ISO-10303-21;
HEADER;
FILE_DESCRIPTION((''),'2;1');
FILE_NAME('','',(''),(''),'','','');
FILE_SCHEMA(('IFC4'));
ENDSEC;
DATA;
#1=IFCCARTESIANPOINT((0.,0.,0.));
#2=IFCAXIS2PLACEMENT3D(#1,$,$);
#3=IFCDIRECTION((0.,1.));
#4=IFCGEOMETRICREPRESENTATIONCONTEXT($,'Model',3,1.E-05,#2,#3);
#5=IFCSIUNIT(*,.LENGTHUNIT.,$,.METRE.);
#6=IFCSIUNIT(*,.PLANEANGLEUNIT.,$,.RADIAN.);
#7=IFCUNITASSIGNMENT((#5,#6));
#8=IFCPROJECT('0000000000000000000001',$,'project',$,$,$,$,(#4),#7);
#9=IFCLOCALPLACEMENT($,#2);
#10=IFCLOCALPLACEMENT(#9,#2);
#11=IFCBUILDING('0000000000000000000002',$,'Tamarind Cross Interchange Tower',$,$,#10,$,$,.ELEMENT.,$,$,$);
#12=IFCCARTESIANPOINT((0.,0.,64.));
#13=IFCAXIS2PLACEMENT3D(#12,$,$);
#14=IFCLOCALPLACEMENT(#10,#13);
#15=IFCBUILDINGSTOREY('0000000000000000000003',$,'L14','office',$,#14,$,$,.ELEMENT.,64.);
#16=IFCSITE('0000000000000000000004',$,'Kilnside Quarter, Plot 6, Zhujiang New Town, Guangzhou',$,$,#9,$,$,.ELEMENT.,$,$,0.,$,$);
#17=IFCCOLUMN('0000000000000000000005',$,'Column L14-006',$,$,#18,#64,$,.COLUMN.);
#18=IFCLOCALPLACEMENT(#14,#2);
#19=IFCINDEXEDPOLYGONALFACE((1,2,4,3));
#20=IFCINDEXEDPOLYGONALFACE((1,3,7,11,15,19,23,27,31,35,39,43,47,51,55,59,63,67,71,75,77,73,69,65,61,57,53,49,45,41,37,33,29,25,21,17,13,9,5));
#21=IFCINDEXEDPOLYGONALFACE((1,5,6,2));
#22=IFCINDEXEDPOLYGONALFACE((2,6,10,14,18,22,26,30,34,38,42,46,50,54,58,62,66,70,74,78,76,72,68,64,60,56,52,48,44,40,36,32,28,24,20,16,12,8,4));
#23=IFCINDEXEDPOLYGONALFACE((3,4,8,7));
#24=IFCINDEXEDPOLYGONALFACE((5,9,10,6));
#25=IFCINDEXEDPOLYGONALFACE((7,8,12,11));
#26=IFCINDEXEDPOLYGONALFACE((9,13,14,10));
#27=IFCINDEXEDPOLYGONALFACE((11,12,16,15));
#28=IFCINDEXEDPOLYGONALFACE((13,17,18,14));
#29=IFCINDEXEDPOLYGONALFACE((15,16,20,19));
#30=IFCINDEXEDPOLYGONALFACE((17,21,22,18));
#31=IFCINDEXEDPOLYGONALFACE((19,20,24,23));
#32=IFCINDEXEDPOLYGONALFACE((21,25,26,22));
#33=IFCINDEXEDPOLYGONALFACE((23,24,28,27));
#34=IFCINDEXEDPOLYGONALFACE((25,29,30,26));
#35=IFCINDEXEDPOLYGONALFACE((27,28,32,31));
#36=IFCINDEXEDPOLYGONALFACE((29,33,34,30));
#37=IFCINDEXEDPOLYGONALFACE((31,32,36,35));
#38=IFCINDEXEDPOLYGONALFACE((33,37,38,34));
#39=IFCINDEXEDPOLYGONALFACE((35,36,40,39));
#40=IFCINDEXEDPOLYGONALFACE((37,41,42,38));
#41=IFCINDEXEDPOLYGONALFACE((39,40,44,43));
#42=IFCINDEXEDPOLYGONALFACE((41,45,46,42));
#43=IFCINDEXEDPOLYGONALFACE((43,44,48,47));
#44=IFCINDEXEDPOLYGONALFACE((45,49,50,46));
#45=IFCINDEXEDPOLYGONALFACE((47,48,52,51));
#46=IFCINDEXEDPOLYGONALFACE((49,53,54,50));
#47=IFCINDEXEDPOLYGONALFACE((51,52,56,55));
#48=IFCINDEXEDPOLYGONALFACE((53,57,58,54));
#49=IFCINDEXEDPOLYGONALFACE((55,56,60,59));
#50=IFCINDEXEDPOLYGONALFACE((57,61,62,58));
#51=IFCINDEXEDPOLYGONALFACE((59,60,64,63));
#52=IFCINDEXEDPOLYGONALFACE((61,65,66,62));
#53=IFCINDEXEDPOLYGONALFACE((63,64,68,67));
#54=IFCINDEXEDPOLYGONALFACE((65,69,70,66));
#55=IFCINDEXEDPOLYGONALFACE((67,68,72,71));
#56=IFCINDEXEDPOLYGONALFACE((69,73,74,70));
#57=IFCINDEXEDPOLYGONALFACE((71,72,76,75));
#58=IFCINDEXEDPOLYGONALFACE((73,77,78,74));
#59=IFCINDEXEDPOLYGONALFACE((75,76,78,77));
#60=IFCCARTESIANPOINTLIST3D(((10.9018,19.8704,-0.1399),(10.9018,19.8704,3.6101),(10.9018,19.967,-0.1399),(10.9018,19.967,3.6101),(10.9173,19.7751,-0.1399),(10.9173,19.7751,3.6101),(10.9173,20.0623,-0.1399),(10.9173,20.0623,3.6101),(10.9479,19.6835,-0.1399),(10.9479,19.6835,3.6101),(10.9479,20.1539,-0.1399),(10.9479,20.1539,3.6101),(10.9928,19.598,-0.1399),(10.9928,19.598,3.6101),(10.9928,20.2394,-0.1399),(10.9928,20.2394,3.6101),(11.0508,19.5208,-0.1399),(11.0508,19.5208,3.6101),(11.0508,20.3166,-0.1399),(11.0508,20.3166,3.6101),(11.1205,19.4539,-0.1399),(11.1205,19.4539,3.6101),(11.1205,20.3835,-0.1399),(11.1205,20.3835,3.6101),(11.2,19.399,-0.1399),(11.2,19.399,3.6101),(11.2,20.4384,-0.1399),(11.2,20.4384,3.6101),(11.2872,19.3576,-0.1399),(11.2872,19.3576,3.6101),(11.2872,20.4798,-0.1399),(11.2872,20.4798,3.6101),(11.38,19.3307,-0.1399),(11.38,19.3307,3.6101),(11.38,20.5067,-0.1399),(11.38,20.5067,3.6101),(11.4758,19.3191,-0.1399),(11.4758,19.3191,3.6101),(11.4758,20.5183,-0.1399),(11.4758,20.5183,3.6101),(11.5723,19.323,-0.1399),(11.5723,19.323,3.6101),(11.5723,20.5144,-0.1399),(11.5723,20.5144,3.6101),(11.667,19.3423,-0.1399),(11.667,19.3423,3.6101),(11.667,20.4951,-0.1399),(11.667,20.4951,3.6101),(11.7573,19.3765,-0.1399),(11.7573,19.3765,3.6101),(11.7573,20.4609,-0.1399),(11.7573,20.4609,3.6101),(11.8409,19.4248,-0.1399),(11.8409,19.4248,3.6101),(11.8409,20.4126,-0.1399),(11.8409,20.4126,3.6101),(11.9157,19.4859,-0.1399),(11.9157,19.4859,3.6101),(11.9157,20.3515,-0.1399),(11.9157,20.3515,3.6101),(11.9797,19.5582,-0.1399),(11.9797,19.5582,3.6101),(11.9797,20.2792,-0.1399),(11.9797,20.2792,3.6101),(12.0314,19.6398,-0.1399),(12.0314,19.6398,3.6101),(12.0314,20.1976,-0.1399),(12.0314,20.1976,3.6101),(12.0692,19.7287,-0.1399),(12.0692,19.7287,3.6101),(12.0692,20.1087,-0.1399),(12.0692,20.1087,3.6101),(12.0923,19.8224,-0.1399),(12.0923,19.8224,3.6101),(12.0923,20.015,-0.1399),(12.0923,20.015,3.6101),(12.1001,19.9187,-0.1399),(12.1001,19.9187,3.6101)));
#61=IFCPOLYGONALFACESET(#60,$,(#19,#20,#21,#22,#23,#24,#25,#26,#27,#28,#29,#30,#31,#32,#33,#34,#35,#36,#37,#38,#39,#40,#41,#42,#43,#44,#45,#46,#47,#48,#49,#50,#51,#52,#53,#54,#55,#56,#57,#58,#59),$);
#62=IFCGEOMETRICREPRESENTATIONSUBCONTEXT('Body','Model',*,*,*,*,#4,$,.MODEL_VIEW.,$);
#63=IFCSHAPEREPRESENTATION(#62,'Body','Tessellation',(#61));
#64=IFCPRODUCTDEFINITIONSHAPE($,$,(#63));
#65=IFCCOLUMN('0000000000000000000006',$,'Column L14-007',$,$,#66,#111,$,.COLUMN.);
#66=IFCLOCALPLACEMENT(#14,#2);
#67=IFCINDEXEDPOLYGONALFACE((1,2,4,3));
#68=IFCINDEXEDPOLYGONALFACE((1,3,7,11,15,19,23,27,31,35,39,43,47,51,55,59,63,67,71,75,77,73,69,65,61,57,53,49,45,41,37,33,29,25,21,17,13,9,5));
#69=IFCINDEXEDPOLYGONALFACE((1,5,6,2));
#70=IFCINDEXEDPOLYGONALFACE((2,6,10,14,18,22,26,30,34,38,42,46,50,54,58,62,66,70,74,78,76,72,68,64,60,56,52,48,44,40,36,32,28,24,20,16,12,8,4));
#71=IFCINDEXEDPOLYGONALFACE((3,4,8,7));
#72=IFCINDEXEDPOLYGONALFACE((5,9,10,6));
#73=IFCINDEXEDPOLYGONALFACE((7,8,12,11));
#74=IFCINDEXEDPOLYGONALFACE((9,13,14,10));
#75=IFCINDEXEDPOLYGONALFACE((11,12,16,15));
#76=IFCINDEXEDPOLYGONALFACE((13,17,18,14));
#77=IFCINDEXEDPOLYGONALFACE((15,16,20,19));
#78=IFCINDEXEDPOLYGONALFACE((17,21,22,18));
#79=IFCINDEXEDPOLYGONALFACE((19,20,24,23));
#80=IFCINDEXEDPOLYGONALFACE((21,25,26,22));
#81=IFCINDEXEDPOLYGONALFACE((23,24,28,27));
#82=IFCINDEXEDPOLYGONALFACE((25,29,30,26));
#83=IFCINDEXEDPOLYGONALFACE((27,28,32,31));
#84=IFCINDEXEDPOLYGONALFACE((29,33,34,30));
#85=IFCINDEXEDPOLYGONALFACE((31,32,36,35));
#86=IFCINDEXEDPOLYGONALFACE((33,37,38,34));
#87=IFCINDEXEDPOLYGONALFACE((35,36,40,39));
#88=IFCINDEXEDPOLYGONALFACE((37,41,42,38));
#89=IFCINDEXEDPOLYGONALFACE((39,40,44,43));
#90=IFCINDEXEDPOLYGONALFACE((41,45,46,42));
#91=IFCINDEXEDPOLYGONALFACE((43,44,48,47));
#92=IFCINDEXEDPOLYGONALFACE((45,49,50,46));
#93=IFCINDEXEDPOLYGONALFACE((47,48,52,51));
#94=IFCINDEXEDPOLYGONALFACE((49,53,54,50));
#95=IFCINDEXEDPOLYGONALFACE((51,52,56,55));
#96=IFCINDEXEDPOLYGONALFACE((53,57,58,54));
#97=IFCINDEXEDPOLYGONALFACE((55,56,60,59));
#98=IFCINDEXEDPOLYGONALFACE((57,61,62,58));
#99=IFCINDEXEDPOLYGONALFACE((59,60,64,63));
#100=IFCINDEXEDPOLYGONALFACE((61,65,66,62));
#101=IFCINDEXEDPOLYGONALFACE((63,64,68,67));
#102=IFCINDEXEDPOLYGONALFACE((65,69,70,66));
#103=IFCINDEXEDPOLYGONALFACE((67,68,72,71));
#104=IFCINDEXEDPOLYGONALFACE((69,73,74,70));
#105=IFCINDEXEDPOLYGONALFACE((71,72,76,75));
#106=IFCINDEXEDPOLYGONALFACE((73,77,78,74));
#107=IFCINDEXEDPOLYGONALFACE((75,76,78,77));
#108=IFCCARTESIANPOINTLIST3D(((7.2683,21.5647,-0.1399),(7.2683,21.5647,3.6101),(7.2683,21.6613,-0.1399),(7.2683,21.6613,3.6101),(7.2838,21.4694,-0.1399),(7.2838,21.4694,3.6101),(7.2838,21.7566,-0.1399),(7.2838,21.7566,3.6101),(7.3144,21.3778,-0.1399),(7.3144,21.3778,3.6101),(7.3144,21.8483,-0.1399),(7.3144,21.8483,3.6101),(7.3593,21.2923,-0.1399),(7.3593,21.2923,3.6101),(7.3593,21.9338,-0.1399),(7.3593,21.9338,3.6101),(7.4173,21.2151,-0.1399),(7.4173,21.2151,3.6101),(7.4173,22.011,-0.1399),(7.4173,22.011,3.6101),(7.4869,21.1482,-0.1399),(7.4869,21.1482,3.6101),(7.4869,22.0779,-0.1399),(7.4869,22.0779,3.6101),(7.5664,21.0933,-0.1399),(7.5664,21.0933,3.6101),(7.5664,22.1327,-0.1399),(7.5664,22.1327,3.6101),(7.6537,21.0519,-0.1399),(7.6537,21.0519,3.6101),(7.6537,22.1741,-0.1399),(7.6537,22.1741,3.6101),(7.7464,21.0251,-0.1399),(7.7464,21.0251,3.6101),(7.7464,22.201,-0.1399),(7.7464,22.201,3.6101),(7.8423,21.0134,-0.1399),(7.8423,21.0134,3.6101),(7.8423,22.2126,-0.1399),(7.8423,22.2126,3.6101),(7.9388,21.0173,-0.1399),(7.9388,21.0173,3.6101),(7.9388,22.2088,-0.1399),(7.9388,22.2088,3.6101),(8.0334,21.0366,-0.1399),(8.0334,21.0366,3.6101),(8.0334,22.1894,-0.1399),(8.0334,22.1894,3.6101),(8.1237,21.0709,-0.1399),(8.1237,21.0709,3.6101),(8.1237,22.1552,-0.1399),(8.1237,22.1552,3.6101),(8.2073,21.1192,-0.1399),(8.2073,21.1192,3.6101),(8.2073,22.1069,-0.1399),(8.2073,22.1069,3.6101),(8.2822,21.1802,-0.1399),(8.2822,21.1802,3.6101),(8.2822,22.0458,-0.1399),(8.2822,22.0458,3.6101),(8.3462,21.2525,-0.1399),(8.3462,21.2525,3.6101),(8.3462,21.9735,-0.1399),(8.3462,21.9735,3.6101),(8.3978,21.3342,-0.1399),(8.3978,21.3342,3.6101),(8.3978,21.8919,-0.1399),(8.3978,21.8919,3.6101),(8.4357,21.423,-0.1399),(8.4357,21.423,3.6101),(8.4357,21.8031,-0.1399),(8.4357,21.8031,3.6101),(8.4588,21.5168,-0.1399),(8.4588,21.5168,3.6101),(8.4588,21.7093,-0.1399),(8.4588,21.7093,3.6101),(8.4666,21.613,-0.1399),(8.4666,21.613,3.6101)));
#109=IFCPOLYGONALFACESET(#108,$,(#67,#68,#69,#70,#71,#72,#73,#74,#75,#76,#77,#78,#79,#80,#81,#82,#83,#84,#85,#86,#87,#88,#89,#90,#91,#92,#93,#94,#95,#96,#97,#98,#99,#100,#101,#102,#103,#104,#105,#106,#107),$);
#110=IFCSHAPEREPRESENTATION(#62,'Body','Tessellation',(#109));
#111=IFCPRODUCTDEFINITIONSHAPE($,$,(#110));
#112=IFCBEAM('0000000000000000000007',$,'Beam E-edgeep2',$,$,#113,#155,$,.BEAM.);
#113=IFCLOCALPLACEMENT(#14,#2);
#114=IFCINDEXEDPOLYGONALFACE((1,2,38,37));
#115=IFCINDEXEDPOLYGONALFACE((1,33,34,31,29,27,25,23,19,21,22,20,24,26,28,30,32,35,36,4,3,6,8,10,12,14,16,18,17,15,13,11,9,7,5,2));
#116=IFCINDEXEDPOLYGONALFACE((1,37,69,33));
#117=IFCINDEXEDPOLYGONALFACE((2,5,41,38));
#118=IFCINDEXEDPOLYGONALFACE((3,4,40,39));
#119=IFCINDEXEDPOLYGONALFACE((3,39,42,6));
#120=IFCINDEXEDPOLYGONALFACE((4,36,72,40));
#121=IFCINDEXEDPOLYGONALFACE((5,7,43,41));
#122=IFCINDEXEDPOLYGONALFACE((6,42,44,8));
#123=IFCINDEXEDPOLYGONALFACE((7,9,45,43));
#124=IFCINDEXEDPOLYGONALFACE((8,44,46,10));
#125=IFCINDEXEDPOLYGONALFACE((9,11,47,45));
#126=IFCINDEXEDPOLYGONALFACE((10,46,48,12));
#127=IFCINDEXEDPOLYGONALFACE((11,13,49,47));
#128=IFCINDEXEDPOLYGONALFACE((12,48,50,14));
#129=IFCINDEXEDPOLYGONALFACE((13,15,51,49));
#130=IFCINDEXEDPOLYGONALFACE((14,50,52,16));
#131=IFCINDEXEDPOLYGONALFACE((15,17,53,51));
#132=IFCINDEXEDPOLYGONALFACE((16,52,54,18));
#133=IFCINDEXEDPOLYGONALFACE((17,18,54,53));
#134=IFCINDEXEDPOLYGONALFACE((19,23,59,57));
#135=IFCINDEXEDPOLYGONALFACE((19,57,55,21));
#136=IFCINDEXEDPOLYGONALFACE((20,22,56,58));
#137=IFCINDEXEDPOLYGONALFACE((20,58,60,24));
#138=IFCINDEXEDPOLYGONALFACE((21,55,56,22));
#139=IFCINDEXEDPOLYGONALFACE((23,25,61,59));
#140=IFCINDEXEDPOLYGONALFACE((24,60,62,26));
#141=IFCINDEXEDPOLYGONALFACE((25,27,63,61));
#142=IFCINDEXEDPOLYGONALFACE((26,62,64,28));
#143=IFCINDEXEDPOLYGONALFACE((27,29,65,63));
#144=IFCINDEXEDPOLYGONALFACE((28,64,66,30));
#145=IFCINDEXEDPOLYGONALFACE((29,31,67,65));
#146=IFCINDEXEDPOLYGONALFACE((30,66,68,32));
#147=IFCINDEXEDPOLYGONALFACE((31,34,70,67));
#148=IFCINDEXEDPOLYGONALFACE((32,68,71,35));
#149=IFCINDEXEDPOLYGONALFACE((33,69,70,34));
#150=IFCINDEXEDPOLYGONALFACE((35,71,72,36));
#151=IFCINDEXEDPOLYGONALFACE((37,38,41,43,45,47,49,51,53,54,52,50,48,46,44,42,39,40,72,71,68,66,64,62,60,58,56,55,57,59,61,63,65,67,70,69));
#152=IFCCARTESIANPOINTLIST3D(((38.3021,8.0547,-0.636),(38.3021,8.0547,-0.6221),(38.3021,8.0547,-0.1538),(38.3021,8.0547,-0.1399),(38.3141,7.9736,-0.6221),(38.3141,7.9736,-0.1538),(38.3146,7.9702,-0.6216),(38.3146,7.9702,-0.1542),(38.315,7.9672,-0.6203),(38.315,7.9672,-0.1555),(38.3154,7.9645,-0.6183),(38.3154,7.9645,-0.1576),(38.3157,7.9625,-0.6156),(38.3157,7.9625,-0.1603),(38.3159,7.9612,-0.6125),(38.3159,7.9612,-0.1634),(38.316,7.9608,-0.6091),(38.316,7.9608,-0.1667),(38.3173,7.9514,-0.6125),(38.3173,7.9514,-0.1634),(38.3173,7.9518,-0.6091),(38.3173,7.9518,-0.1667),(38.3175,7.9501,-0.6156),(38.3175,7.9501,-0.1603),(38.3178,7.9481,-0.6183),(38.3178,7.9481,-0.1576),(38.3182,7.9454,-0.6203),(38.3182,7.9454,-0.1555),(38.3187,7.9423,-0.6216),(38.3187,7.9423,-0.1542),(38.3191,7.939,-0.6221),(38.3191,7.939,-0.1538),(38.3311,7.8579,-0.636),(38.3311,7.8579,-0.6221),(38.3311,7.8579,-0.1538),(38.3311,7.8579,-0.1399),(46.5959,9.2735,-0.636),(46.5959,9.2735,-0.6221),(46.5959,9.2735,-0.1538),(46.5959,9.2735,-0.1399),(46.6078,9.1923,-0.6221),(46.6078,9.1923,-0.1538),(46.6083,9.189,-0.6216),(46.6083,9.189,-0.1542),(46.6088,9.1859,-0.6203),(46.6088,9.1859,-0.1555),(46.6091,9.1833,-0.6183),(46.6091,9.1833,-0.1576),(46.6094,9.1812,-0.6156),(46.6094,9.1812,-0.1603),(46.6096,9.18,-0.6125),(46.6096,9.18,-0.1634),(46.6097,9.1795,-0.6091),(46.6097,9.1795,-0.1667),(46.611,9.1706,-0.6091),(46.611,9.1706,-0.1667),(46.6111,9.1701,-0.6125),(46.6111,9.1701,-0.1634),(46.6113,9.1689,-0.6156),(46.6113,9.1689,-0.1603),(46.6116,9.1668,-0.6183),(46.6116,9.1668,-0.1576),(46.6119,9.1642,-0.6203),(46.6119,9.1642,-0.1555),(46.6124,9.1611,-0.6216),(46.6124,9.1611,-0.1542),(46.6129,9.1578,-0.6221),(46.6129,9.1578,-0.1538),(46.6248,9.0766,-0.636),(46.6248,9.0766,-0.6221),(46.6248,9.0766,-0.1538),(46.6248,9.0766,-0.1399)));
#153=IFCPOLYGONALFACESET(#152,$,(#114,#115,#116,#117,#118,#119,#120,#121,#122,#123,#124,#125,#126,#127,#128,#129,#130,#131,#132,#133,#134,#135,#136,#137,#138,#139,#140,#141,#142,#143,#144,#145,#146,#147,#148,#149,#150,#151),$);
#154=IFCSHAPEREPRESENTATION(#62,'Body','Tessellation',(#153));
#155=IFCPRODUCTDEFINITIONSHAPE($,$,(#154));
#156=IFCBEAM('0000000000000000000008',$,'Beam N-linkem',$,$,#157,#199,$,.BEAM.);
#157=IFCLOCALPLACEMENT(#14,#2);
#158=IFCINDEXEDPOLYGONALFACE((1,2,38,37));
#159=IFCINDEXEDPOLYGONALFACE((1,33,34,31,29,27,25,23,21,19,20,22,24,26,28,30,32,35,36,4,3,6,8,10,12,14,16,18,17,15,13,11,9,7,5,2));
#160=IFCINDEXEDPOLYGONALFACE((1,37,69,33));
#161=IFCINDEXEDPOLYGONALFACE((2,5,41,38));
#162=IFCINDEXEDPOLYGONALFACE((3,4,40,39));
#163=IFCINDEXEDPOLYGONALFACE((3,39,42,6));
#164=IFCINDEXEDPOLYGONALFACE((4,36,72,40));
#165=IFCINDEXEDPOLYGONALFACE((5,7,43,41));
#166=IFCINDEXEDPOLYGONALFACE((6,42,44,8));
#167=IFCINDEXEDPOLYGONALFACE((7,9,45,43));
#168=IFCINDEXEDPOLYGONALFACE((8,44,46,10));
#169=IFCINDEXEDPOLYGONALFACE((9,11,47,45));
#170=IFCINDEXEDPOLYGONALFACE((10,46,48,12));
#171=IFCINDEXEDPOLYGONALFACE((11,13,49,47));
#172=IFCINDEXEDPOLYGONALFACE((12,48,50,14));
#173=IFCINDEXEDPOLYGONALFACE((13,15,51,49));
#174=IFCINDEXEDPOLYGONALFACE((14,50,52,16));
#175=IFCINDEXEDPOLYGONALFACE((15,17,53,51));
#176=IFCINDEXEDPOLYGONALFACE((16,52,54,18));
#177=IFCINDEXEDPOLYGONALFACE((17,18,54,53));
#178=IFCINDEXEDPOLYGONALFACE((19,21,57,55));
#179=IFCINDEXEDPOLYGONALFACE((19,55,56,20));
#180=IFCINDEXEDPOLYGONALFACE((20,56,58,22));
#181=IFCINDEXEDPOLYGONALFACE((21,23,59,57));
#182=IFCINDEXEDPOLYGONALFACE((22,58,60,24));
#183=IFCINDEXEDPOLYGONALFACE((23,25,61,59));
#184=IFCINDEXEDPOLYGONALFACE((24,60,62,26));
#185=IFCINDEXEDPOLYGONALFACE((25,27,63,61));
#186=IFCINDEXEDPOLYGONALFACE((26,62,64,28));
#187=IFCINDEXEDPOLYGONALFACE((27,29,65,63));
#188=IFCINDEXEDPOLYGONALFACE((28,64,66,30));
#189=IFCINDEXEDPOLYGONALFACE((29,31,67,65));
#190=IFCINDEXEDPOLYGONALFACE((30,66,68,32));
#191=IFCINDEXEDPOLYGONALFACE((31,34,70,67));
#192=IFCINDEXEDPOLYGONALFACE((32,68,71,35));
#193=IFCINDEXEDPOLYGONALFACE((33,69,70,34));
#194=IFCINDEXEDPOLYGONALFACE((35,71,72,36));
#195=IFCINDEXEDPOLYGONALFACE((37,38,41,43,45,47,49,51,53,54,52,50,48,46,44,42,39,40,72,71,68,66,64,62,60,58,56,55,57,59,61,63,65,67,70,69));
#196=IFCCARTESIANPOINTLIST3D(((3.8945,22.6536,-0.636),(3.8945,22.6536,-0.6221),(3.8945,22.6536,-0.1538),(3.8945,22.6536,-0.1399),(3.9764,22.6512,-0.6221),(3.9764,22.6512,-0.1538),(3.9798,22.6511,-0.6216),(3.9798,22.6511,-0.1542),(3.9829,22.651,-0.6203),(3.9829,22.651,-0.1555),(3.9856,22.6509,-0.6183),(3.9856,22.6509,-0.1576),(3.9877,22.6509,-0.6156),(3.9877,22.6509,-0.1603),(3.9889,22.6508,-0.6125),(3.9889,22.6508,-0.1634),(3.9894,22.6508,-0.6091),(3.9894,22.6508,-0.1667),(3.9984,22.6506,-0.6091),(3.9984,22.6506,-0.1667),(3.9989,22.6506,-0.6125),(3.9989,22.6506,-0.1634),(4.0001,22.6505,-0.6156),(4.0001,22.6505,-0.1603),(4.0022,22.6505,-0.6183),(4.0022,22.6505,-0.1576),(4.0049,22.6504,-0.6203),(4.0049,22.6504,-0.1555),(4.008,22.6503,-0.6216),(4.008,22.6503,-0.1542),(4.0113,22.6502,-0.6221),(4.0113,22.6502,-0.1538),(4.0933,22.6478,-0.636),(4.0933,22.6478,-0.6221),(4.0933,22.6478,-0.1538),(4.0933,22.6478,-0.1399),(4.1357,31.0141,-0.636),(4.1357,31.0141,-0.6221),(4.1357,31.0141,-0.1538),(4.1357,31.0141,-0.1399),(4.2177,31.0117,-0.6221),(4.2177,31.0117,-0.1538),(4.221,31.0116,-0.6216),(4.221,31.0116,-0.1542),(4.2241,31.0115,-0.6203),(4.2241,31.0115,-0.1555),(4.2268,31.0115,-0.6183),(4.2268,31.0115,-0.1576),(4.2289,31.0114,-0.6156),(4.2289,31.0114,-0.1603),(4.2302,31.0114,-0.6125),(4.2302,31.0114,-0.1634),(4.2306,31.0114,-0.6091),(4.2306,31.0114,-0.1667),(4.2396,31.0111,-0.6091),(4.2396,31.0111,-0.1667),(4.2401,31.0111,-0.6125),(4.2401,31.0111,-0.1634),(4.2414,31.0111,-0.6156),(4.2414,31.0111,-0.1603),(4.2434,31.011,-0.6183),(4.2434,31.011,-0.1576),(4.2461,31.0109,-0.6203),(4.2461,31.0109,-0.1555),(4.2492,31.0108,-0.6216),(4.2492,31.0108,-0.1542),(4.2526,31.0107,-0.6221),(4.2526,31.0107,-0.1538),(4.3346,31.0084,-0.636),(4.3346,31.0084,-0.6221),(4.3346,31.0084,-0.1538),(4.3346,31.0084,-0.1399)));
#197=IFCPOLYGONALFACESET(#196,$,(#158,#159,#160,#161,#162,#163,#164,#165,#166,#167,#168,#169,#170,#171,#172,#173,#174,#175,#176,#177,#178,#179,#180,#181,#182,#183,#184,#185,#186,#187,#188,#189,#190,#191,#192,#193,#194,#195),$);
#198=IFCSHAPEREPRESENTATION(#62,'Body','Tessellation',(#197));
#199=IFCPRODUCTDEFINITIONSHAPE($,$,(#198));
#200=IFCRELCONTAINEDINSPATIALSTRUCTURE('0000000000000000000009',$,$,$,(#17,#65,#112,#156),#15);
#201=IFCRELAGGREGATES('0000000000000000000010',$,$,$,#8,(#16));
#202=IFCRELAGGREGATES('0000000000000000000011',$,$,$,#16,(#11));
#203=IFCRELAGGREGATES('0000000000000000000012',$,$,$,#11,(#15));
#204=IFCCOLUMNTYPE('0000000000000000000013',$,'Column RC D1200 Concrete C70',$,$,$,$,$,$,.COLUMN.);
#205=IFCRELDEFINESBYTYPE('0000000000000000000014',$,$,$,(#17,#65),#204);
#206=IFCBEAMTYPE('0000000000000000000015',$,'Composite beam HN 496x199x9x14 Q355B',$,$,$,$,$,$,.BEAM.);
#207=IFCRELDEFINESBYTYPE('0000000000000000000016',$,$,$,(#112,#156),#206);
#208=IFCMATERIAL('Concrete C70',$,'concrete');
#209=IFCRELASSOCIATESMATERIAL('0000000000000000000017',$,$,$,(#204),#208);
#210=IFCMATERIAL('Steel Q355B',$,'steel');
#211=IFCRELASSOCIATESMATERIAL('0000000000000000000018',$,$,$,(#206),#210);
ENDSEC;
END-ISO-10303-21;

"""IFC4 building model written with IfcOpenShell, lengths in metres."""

from ifc_helpers import new_model, si_unit, direction, frame, origin, origin_2d, place, context, subcontext, project, spatial, circle, i_section, extrude, material, material_profile, profile_set, type_object, element, save


model = new_model("IFC4")

# Units and contexts
model_context = context("Model", 3, precision=1e-05, world=origin(), true_north=direction((0.0, 1.0)))
body_context = subcontext(model_context, "Body", "Model", "MODEL_VIEW")
ifc_project = project(units=[si_unit("LENGTHUNIT", "METRE"), si_unit("PLANEANGLEUNIT", "RADIAN")], contexts=[model_context])

# Site, building, storey
site_placement = place(None, origin())
site = spatial("IfcSite", under=ifc_project, at=site_placement, Name="Kilnside Quarter, Plot 6, Zhujiang New Town, Guangzhou", CompositionType="ELEMENT", RefElevation=0.0)
building_placement = place(site_placement, origin())
building = spatial("IfcBuilding", under=site, at=building_placement, Name="Tamarind Cross Interchange Tower", CompositionType="ELEMENT")
storey_placement = place(building_placement, frame((0.0, 0.0, 64.0)))
storey = spatial("IfcBuildingStorey", under=building, at=storey_placement, Name="L14", Description="office", CompositionType="ELEMENT", Elevation=64.0)

# Columns
ifc_material_1 = material(Name="Concrete C70", Category="concrete")
ifc_material_profile_1 = material_profile(ifc_material_1, circle(Radius=0.6001, at=origin_2d()), Name="RC D1200")
ifc_profile_set_1 = profile_set([ifc_material_profile_1], Name="Concrete C70")
column_type_1 = type_object("IfcColumnType", Name="Column RC D1200 Concrete C70", PredefinedType="COLUMN", material=ifc_profile_set_1)
for number, where, z_axis, x_axis, name in (
    (1, (11.5, 19.9187, -0.1399), (0.0, 0.0, 1.0), (1.0, 0.0, 0.0), "Column L14-006"),
    (2, (7.8665, 21.613, -0.1399), (0.0, 0.0, 1.0), (1.0, 0.0, 0.0), "Column L14-007"),
):
    element("IfcColumn", number, at=place(storey_placement, frame(where, z_axis=z_axis, x_axis=x_axis)), inside=storey, type_object=column_type_1, Name=name, PredefinedType="COLUMN", context=body_context, shape_type="SweptSolid", body=[
        extrude(circle(Radius=0.6001, at=origin_2d()), origin(), (0.0, 0.0, 1.0), 3.75),
    ])

# Beams
ifc_material_2 = material(Name="Steel Q355B", Category="steel")
ifc_material_profile_2 = material_profile(ifc_material_2, i_section(OverallWidth=0.199, OverallDepth=0.4961, WebThickness=0.009, FlangeThickness=0.0139, FilletRadius=0.0129, at=origin_2d()), Name="HN 496x199x9x14")
ifc_profile_set_2 = profile_set([ifc_material_profile_2], Name="Steel Q355B")
beam_type_1 = type_object("IfcBeamType", Name="Composite beam HN 496x199x9x14 Q355B", PredefinedType="BEAM", material=ifc_profile_set_2)
beam_1_placement = place(storey_placement, frame((46.6104, 9.175, -0.3879), z_axis=(-0.989375, -0.145388, 0.0), x_axis=(0.145388, -0.989375, 0.0)))
element("IfcBeam", 3, at=beam_1_placement, inside=storey, type_object=beam_type_1, Name="Beam E-edgeep2", PredefinedType="BEAM", context=body_context, shape_type="SweptSolid", body=[
    extrude(i_section(OverallWidth=0.199, OverallDepth=0.4961, WebThickness=0.009, FlangeThickness=0.0139, FilletRadius=0.0129, at=origin_2d()), origin(), (0.0, 0.0, 1.0), 8.3828),
])
beam_2_placement = place(storey_placement, frame((4.2351, 31.0112, -0.3879), z_axis=(-0.028839, -0.999584, 0.0), x_axis=(0.999584, -0.028839, 0.0)))
element("IfcBeam", 4, at=beam_2_placement, inside=storey, type_object=beam_type_1, Name="Beam N-linkem", PredefinedType="BEAM", context=body_context, shape_type="SweptSolid", body=[
    extrude(i_section(OverallWidth=0.199, OverallDepth=0.4961, WebThickness=0.009, FlangeThickness=0.0139, FilletRadius=0.0129, at=origin_2d()), origin(), (0.0, 0.0, 1.0), 8.364),
])

save(model, "model.ifc")
